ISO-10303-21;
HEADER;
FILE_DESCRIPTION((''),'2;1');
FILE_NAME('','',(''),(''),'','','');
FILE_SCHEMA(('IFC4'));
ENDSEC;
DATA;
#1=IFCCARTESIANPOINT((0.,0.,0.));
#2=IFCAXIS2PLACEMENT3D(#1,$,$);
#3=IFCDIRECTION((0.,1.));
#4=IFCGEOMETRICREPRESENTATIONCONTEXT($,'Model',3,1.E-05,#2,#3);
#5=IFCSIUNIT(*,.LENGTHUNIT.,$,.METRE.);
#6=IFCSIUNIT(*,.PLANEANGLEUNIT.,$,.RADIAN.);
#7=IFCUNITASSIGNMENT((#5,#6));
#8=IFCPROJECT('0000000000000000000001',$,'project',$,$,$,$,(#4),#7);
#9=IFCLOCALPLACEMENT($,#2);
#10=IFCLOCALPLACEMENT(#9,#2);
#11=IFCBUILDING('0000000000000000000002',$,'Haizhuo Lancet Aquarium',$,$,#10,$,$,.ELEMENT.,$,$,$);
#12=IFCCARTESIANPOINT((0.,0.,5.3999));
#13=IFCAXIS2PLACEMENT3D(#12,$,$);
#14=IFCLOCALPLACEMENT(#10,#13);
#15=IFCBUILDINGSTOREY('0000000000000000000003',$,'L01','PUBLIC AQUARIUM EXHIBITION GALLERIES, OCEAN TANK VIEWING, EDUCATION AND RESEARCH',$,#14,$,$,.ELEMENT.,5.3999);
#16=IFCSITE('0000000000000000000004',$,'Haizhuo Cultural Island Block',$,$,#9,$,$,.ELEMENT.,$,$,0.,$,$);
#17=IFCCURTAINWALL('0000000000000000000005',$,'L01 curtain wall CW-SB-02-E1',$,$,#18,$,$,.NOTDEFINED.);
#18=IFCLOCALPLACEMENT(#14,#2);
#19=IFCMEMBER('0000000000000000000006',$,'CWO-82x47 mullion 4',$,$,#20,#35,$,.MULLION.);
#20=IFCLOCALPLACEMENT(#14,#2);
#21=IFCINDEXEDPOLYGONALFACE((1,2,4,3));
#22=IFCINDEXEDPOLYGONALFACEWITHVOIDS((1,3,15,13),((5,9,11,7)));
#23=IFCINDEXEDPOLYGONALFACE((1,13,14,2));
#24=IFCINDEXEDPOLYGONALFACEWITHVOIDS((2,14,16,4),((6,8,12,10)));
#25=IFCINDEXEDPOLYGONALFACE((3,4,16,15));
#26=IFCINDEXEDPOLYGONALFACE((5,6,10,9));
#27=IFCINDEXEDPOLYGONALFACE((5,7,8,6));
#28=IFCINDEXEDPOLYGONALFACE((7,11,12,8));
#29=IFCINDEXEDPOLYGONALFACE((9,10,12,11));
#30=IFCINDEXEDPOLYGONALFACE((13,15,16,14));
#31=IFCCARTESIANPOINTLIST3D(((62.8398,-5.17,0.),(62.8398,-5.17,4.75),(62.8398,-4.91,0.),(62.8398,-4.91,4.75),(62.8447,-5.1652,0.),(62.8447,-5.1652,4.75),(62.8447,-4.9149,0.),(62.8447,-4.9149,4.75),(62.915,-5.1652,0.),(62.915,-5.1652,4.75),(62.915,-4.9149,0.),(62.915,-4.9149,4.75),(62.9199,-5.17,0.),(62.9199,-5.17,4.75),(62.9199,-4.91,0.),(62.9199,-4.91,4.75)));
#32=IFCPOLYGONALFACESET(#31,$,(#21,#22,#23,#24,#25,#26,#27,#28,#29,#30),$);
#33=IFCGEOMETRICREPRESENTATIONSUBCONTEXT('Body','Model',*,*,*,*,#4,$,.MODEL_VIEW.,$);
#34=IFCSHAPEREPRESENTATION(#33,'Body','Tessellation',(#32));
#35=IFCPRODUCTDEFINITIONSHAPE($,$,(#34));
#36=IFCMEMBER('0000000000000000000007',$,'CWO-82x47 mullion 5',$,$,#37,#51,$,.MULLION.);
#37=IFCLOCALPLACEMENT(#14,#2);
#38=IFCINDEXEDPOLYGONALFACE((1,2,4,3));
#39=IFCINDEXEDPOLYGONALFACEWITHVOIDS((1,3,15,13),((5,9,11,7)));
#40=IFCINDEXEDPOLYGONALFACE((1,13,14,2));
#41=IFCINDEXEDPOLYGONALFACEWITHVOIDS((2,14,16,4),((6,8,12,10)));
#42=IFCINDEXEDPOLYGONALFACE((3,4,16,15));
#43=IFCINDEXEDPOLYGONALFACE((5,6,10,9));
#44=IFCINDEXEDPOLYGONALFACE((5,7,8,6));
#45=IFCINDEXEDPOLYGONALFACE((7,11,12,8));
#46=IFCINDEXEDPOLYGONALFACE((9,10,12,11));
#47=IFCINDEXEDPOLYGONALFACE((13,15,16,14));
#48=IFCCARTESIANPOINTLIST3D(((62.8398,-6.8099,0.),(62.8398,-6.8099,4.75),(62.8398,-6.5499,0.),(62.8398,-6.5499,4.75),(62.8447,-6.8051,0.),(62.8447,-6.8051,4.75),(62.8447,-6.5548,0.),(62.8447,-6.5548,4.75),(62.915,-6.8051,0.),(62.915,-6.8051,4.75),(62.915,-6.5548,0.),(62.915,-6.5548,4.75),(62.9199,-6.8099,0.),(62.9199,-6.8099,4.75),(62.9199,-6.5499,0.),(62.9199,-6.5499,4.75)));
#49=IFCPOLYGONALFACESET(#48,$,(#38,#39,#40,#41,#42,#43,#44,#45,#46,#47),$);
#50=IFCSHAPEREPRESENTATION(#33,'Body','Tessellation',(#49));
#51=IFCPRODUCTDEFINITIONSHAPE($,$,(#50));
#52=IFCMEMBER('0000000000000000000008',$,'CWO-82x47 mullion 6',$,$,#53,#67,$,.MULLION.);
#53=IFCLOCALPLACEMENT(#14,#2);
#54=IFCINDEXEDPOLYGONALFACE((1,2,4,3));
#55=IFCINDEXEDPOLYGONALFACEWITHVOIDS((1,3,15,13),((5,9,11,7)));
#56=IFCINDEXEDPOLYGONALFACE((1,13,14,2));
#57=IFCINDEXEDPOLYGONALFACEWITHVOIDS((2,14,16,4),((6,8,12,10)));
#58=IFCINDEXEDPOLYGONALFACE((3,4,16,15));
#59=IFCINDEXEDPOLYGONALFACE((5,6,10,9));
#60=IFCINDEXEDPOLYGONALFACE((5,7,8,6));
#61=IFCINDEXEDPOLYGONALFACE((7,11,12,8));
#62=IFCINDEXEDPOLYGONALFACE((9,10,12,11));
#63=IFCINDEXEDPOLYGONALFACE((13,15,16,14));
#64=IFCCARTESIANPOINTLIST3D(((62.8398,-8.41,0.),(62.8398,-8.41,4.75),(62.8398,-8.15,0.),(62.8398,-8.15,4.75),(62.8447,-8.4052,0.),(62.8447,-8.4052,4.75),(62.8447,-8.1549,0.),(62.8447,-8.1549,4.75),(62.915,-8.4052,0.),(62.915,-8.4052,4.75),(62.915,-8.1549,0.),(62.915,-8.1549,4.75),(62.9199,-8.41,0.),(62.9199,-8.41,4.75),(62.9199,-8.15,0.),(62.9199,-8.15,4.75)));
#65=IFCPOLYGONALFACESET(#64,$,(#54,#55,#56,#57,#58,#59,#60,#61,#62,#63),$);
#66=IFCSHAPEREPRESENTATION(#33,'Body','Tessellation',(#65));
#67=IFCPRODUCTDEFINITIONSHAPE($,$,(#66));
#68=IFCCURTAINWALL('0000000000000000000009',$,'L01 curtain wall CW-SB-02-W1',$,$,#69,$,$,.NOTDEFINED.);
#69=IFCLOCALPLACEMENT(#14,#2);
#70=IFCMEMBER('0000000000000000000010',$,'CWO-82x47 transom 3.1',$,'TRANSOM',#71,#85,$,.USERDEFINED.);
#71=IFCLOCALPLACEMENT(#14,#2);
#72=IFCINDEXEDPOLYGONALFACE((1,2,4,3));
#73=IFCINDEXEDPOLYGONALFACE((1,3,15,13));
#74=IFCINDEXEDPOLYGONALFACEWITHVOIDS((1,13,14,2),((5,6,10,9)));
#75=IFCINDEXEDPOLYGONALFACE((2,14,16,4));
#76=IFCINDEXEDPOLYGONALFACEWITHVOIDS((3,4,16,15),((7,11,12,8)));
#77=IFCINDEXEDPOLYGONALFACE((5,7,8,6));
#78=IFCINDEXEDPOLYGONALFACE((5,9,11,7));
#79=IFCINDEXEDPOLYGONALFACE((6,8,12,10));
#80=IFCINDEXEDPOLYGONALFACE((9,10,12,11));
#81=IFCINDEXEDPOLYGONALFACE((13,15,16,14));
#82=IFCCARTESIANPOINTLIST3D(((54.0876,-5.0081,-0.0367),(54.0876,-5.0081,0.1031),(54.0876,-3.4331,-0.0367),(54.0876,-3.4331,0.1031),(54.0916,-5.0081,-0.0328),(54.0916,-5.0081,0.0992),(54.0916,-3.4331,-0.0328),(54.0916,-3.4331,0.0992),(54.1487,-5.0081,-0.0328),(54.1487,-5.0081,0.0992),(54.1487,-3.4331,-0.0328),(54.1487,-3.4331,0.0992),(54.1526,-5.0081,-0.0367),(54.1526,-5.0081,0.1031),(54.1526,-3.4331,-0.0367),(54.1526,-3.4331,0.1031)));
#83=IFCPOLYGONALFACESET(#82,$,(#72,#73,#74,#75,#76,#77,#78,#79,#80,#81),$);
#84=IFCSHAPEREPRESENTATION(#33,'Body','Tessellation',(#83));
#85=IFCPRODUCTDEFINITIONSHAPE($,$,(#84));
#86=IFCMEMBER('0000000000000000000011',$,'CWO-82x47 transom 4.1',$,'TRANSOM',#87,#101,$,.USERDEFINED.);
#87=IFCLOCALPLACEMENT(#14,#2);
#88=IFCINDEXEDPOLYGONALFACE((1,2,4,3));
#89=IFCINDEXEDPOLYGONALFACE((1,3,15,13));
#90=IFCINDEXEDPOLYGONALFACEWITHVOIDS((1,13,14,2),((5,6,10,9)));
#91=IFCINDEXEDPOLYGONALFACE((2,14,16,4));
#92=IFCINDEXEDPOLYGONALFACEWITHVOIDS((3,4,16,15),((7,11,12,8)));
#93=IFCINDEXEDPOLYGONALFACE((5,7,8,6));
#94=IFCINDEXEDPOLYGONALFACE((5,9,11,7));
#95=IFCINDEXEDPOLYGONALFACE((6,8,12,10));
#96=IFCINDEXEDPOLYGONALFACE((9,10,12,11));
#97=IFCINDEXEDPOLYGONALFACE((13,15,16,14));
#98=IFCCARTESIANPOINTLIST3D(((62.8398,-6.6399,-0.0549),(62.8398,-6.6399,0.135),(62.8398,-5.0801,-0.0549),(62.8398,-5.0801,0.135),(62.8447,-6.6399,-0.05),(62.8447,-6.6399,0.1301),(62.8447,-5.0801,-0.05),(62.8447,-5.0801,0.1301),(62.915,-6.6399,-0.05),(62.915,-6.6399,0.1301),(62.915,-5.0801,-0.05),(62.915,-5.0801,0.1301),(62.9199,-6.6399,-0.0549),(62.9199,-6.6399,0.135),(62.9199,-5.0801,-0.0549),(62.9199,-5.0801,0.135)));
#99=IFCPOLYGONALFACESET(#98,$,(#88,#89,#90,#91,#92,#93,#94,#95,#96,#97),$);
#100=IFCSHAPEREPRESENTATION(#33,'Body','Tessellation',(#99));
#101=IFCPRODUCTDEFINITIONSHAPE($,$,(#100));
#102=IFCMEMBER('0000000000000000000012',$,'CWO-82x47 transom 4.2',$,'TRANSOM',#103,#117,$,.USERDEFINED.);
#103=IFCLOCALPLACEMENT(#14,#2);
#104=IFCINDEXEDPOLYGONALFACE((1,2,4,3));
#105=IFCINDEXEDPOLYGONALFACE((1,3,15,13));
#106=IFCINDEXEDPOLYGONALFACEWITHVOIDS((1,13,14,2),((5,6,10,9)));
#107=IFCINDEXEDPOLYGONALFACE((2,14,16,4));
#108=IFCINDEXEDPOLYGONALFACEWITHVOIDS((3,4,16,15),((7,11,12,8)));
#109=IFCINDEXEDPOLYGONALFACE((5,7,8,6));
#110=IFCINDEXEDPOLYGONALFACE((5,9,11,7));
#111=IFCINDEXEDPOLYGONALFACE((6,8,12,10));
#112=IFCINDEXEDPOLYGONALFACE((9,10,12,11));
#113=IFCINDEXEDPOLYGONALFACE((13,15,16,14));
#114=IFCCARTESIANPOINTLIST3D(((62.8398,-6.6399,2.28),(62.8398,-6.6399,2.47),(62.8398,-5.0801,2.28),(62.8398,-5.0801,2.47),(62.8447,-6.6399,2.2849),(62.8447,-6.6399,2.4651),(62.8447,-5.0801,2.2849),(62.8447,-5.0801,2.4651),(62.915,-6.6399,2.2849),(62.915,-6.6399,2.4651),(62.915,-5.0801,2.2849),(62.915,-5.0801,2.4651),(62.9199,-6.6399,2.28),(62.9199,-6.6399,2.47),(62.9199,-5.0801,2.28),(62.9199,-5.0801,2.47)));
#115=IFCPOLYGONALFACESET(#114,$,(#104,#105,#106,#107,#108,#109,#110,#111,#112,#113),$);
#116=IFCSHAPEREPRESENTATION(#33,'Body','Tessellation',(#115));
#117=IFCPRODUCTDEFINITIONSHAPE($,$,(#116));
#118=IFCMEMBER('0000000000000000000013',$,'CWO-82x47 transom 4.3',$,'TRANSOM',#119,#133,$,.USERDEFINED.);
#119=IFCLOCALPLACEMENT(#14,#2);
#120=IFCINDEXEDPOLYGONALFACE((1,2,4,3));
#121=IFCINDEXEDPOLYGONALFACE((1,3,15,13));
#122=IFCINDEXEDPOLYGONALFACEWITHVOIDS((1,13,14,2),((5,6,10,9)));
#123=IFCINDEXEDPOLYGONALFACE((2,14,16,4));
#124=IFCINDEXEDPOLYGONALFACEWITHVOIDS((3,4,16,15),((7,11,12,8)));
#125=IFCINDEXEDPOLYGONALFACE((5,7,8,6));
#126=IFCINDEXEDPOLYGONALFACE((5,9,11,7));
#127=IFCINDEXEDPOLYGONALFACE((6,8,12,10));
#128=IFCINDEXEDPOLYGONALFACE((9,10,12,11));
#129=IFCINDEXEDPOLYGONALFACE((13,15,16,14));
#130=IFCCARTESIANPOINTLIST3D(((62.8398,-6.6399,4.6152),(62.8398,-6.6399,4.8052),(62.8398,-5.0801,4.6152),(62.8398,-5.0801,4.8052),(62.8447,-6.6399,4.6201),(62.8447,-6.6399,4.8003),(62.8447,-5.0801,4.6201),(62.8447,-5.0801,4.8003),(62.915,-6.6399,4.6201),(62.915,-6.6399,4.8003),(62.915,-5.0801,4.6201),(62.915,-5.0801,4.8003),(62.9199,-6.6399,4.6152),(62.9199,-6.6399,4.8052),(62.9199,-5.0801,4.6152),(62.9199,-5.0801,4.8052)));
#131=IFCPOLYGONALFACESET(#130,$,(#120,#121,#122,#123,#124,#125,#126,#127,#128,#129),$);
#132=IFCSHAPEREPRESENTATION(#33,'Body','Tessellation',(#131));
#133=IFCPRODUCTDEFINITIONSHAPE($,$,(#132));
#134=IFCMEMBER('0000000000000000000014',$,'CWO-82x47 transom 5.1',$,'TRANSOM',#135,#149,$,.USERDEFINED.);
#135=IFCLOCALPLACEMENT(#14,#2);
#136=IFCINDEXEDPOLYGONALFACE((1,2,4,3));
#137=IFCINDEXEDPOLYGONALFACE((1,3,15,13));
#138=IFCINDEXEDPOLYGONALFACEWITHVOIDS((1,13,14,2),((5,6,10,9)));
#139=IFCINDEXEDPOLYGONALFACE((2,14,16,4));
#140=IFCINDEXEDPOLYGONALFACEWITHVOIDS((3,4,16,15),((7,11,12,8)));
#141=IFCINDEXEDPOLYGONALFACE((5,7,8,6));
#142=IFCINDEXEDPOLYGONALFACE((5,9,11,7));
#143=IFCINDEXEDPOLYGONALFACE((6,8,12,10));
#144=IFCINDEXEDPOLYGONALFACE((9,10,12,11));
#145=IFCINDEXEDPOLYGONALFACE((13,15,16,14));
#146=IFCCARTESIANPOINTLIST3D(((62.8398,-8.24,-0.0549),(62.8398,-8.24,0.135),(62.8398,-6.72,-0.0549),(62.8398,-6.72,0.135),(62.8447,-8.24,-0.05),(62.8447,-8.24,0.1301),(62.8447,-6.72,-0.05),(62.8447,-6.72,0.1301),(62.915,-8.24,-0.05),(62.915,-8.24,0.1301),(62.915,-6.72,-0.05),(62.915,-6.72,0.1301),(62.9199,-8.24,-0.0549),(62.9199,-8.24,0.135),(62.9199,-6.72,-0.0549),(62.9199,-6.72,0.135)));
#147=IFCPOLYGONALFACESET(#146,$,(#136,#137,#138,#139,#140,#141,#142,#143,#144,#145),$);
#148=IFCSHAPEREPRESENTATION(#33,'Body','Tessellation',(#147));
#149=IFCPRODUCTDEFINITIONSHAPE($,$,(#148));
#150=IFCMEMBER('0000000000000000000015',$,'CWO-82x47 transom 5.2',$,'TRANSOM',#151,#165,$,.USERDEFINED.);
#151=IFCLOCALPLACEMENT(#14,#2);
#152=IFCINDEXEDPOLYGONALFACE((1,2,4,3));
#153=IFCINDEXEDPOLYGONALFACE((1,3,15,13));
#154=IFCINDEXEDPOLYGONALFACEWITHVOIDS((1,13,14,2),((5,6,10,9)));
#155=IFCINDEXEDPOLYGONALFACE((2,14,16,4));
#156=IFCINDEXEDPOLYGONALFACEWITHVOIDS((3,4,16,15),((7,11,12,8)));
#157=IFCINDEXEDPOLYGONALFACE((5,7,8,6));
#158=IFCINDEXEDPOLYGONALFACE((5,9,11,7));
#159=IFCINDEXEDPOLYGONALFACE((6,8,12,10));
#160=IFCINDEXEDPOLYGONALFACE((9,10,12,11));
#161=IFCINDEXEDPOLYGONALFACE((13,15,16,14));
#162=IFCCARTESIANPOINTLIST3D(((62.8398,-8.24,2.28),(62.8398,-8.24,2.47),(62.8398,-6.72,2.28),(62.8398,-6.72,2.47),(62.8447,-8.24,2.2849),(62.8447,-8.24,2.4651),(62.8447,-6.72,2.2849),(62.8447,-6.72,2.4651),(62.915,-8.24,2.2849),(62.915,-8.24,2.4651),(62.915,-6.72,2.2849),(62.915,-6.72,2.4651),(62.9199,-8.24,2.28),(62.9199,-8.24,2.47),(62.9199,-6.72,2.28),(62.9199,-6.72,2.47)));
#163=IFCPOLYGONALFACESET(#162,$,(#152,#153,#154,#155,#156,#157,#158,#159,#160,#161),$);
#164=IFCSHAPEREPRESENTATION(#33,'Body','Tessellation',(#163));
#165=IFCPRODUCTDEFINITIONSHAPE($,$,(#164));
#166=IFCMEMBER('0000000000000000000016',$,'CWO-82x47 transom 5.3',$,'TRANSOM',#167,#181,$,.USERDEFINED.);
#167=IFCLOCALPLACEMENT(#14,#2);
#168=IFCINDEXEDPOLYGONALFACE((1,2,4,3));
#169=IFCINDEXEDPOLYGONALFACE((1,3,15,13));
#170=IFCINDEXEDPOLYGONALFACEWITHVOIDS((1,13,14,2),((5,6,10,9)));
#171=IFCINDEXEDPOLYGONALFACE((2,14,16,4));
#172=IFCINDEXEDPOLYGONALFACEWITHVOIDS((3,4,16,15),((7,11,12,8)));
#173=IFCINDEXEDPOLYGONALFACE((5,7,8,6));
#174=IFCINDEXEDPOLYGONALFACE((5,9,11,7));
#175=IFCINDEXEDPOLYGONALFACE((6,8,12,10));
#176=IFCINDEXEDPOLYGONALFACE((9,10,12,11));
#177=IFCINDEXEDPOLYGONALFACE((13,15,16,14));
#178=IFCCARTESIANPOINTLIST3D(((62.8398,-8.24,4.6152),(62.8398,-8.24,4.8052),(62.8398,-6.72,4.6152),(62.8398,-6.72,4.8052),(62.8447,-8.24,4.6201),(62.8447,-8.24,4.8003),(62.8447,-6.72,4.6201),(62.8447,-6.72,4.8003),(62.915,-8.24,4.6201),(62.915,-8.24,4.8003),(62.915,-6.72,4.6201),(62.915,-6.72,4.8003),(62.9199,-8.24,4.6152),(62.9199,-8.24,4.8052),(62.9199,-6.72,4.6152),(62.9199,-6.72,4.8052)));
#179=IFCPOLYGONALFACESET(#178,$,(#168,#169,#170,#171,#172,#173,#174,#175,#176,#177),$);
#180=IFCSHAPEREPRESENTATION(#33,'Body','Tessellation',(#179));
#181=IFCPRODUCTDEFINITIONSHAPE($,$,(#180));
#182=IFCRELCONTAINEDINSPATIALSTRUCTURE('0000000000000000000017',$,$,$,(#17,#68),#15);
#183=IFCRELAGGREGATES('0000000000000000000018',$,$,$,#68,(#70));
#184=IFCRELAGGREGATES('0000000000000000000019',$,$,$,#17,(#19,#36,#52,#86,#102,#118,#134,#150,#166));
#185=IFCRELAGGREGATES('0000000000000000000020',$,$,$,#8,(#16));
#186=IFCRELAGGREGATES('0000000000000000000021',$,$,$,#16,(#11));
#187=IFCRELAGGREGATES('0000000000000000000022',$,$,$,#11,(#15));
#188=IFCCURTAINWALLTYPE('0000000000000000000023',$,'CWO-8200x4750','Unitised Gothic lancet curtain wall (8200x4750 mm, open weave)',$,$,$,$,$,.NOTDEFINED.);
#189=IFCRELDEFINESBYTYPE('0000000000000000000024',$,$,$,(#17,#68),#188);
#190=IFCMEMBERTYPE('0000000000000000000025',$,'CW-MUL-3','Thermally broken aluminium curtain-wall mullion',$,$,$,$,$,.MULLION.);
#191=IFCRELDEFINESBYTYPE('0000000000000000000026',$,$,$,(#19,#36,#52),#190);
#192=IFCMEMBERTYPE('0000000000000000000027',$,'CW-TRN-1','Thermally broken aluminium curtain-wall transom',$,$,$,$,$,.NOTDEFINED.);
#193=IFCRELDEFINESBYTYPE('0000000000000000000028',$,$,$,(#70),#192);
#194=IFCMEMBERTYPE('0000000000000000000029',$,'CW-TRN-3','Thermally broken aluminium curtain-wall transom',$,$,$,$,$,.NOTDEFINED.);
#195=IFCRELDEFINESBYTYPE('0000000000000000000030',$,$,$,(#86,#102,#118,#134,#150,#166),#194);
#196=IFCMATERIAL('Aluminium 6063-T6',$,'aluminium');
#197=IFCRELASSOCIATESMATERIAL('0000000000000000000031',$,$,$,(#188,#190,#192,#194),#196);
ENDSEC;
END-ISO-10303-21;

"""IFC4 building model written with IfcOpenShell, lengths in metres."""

from ifc_helpers import new_model, si_unit, direction, frame, origin, origin_2d, place, context, subcontext, project, spatial, hollow_rectangle, extrude, material, material_profile, profile_set, type_object, element, aggregate, save


model = new_model("IFC4")

# Units and contexts
model_context = context("Model", 3, precision=1e-05, world=origin(), true_north=direction((0.0, 1.0)))
body_context = subcontext(model_context, "Body", "Model", "MODEL_VIEW")
ifc_project = project(units=[si_unit("LENGTHUNIT", "METRE"), si_unit("PLANEANGLEUNIT", "RADIAN")], contexts=[model_context])

# Site, building, storey
site_placement = place(None, origin())
site = spatial("IfcSite", under=ifc_project, at=site_placement, Name="Haizhuo Cultural Island Block", CompositionType="ELEMENT", RefElevation=0.0)
building_placement = place(site_placement, origin())
building = spatial("IfcBuilding", under=site, at=building_placement, Name="Haizhuo Lancet Aquarium", CompositionType="ELEMENT")
storey_placement = place(building_placement, frame((0.0, 0.0, 5.3999)))
storey = spatial("IfcBuildingStorey", under=building, at=storey_placement, Name="L01", Description="PUBLIC AQUARIUM EXHIBITION GALLERIES, OCEAN TANK VIEWING, EDUCATION AND RESEARCH", CompositionType="ELEMENT", Elevation=5.3999)

# Curtain wall, members
ifc_material_1 = material(Name="Aluminium 6063-T6", Category="aluminium")
curtain_wall_type = type_object("IfcCurtainWallType", Name="CWO-8200x4750", Description="Unitised Gothic lancet curtain wall (8200x4750 mm, open weave)", PredefinedType="NOTDEFINED", material=ifc_material_1)
curtain_wall_1_placement = place(storey_placement, origin())
curtain_wall_1 = element("IfcCurtainWall", 1, at=curtain_wall_1_placement, inside=storey, type_object=curtain_wall_type, Name="L01 curtain wall CW-SB-02-E1", PredefinedType="NOTDEFINED")
ifc_material_profile_1 = material_profile(ifc_material_1, hollow_rectangle(XDim=0.0801, YDim=0.26, WallThickness=0.0049, at=origin_2d()), Name="ALU-M 80x260x5")
ifc_profile_set_1 = profile_set([ifc_material_profile_1], Name="Aluminium 6063-T6")
member_type_1 = type_object("IfcMemberType", Name="CW-MUL-3", Description="Thermally broken aluminium curtain-wall mullion", PredefinedType="MULLION", material=ifc_profile_set_1)
member_1_placement = place(storey_placement, frame((62.8799, -5.04, 0.0), z_axis=(0.0, 0.0, 1.0), x_axis=(1.0, 0.0, 0.0)))
member_1 = element("IfcMember", 2, at=member_1_placement, type_object=member_type_1, Name="CWO-82x47 mullion 4", PredefinedType="MULLION", context=body_context, shape_type="SweptSolid", body=[
    extrude(hollow_rectangle(XDim=0.0801, YDim=0.26, WallThickness=0.0049, at=origin_2d()), origin(), (0.0, 0.0, 1.0), 4.75),
])
member_2_placement = place(storey_placement, frame((62.8799, -6.6799, 0.0), z_axis=(0.0, 0.0, 1.0), x_axis=(1.0, 0.0, 0.0)))
member_2 = element("IfcMember", 3, at=member_2_placement, type_object=member_type_1, Name="CWO-82x47 mullion 5", PredefinedType="MULLION", context=body_context, shape_type="SweptSolid", body=[
    extrude(hollow_rectangle(XDim=0.0801, YDim=0.26, WallThickness=0.0049, at=origin_2d()), origin(), (0.0, 0.0, 1.0), 4.75),
])
member_3_placement = place(storey_placement, frame((62.8799, -8.28, 0.0), z_axis=(0.0, 0.0, 1.0), x_axis=(1.0, 0.0, 0.0)))
member_3 = element("IfcMember", 4, at=member_3_placement, type_object=member_type_1, Name="CWO-82x47 mullion 6", PredefinedType="MULLION", context=body_context, shape_type="SweptSolid", body=[
    extrude(hollow_rectangle(XDim=0.0801, YDim=0.26, WallThickness=0.0049, at=origin_2d()), origin(), (0.0, 0.0, 1.0), 4.75),
])

# Curtain wall, member
curtain_wall_2_placement = place(storey_placement, origin())
curtain_wall_2 = element("IfcCurtainWall", 5, at=curtain_wall_2_placement, inside=storey, type_object=curtain_wall_type, Name="L01 curtain wall CW-SB-02-W1", PredefinedType="NOTDEFINED")
ifc_material_profile_2 = material_profile(ifc_material_1, hollow_rectangle(XDim=0.0649, YDim=0.1399, WallThickness=0.0039, at=origin_2d()), Name="ALU-T 65x140x4")
ifc_profile_set_2 = profile_set([ifc_material_profile_2], Name="Aluminium 6063-T6")
member_type_2 = type_object("IfcMemberType", Name="CW-TRN-1", Description="Thermally broken aluminium curtain-wall transom", PredefinedType="NOTDEFINED", material=ifc_profile_set_2)
member_4_placement = place(storey_placement, frame((54.1201, -5.0081, 0.0332), z_axis=(0.0, 1.0, 0.0), x_axis=(-1.0, 0.0, 0.0)))
member_4 = element("IfcMember", 6, at=member_4_placement, type_object=member_type_2, Name="CWO-82x47 transom 3.1", ObjectType="TRANSOM", PredefinedType="USERDEFINED", context=body_context, shape_type="SweptSolid", body=[
    extrude(hollow_rectangle(XDim=0.0649, YDim=0.1399, WallThickness=0.0039, at=origin_2d()), origin(), (0.0, 0.0, 1.0), 1.575),
])
aggregate(curtain_wall_2, [member_4])

# Members
ifc_material_profile_3 = material_profile(ifc_material_1, hollow_rectangle(XDim=0.0801, YDim=0.1899, WallThickness=0.0049, at=origin_2d()), Name="ALU-T 80x190x5")
ifc_profile_set_3 = profile_set([ifc_material_profile_3], Name="Aluminium 6063-T6")
member_type_3 = type_object("IfcMemberType", Name="CW-TRN-3", Description="Thermally broken aluminium curtain-wall transom", PredefinedType="NOTDEFINED", material=ifc_profile_set_3)
member_5_placement = place(storey_placement, frame((62.8799, -5.0801, 0.04), z_axis=(0.0, -1.0, 0.0), x_axis=(1.0, 0.0, 0.0)))
member_5 = element("IfcMember", 7, at=member_5_placement, type_object=member_type_3, Name="CWO-82x47 transom 4.1", ObjectType="TRANSOM", PredefinedType="USERDEFINED", context=body_context, shape_type="SweptSolid", body=[
    extrude(hollow_rectangle(XDim=0.0801, YDim=0.1899, WallThickness=0.0049, at=origin_2d()), origin(), (0.0, 0.0, 1.0), 1.5598),
])
member_6_placement = place(storey_placement, frame((62.8799, -5.0801, 2.375), z_axis=(0.0, -1.0, 0.0), x_axis=(1.0, 0.0, 0.0)))
member_6 = element("IfcMember", 8, at=member_6_placement, type_object=member_type_3, Name="CWO-82x47 transom 4.2", ObjectType="TRANSOM", PredefinedType="USERDEFINED", context=body_context, shape_type="SweptSolid", body=[
    extrude(hollow_rectangle(XDim=0.0801, YDim=0.1899, WallThickness=0.0049, at=origin_2d()), origin(), (0.0, 0.0, 1.0), 1.5598),
])
member_7_placement = place(storey_placement, frame((62.8799, -5.0801, 4.7102), z_axis=(0.0, -1.0, 0.0), x_axis=(1.0, 0.0, 0.0)))
member_7 = element("IfcMember", 9, at=member_7_placement, type_object=member_type_3, Name="CWO-82x47 transom 4.3", ObjectType="TRANSOM", PredefinedType="USERDEFINED", context=body_context, shape_type="SweptSolid", body=[
    extrude(hollow_rectangle(XDim=0.0801, YDim=0.1899, WallThickness=0.0049, at=origin_2d()), origin(), (0.0, 0.0, 1.0), 1.5598),
])
member_8_placement = place(storey_placement, frame((62.8799, -6.72, 0.04), z_axis=(0.0, -1.0, 0.0), x_axis=(1.0, 0.0, 0.0)))
member_8 = element("IfcMember", 10, at=member_8_placement, type_object=member_type_3, Name="CWO-82x47 transom 5.1", ObjectType="TRANSOM", PredefinedType="USERDEFINED", context=body_context, shape_type="SweptSolid", body=[
    extrude(hollow_rectangle(XDim=0.0801, YDim=0.1899, WallThickness=0.0049, at=origin_2d()), origin(), (0.0, 0.0, 1.0), 1.52),
])
member_9_placement = place(storey_placement, frame((62.8799, -6.72, 2.375), z_axis=(0.0, -1.0, 0.0), x_axis=(1.0, 0.0, 0.0)))
member_9 = element("IfcMember", 11, at=member_9_placement, type_object=member_type_3, Name="CWO-82x47 transom 5.2", ObjectType="TRANSOM", PredefinedType="USERDEFINED", context=body_context, shape_type="SweptSolid", body=[
    extrude(hollow_rectangle(XDim=0.0801, YDim=0.1899, WallThickness=0.0049, at=origin_2d()), origin(), (0.0, 0.0, 1.0), 1.52),
])
member_10_placement = place(storey_placement, frame((62.8799, -6.72, 4.7102), z_axis=(0.0, -1.0, 0.0), x_axis=(1.0, 0.0, 0.0)))
member_10 = element("IfcMember", 12, at=member_10_placement, type_object=member_type_3, Name="CWO-82x47 transom 5.3", ObjectType="TRANSOM", PredefinedType="USERDEFINED", context=body_context, shape_type="SweptSolid", body=[
    extrude(hollow_rectangle(XDim=0.0801, YDim=0.1899, WallThickness=0.0049, at=origin_2d()), origin(), (0.0, 0.0, 1.0), 1.52),
])

aggregate(curtain_wall_1, [member_1, member_2, member_3, member_5, member_6, member_7, member_8, member_9, member_10])

save(model, "model.ifc")
